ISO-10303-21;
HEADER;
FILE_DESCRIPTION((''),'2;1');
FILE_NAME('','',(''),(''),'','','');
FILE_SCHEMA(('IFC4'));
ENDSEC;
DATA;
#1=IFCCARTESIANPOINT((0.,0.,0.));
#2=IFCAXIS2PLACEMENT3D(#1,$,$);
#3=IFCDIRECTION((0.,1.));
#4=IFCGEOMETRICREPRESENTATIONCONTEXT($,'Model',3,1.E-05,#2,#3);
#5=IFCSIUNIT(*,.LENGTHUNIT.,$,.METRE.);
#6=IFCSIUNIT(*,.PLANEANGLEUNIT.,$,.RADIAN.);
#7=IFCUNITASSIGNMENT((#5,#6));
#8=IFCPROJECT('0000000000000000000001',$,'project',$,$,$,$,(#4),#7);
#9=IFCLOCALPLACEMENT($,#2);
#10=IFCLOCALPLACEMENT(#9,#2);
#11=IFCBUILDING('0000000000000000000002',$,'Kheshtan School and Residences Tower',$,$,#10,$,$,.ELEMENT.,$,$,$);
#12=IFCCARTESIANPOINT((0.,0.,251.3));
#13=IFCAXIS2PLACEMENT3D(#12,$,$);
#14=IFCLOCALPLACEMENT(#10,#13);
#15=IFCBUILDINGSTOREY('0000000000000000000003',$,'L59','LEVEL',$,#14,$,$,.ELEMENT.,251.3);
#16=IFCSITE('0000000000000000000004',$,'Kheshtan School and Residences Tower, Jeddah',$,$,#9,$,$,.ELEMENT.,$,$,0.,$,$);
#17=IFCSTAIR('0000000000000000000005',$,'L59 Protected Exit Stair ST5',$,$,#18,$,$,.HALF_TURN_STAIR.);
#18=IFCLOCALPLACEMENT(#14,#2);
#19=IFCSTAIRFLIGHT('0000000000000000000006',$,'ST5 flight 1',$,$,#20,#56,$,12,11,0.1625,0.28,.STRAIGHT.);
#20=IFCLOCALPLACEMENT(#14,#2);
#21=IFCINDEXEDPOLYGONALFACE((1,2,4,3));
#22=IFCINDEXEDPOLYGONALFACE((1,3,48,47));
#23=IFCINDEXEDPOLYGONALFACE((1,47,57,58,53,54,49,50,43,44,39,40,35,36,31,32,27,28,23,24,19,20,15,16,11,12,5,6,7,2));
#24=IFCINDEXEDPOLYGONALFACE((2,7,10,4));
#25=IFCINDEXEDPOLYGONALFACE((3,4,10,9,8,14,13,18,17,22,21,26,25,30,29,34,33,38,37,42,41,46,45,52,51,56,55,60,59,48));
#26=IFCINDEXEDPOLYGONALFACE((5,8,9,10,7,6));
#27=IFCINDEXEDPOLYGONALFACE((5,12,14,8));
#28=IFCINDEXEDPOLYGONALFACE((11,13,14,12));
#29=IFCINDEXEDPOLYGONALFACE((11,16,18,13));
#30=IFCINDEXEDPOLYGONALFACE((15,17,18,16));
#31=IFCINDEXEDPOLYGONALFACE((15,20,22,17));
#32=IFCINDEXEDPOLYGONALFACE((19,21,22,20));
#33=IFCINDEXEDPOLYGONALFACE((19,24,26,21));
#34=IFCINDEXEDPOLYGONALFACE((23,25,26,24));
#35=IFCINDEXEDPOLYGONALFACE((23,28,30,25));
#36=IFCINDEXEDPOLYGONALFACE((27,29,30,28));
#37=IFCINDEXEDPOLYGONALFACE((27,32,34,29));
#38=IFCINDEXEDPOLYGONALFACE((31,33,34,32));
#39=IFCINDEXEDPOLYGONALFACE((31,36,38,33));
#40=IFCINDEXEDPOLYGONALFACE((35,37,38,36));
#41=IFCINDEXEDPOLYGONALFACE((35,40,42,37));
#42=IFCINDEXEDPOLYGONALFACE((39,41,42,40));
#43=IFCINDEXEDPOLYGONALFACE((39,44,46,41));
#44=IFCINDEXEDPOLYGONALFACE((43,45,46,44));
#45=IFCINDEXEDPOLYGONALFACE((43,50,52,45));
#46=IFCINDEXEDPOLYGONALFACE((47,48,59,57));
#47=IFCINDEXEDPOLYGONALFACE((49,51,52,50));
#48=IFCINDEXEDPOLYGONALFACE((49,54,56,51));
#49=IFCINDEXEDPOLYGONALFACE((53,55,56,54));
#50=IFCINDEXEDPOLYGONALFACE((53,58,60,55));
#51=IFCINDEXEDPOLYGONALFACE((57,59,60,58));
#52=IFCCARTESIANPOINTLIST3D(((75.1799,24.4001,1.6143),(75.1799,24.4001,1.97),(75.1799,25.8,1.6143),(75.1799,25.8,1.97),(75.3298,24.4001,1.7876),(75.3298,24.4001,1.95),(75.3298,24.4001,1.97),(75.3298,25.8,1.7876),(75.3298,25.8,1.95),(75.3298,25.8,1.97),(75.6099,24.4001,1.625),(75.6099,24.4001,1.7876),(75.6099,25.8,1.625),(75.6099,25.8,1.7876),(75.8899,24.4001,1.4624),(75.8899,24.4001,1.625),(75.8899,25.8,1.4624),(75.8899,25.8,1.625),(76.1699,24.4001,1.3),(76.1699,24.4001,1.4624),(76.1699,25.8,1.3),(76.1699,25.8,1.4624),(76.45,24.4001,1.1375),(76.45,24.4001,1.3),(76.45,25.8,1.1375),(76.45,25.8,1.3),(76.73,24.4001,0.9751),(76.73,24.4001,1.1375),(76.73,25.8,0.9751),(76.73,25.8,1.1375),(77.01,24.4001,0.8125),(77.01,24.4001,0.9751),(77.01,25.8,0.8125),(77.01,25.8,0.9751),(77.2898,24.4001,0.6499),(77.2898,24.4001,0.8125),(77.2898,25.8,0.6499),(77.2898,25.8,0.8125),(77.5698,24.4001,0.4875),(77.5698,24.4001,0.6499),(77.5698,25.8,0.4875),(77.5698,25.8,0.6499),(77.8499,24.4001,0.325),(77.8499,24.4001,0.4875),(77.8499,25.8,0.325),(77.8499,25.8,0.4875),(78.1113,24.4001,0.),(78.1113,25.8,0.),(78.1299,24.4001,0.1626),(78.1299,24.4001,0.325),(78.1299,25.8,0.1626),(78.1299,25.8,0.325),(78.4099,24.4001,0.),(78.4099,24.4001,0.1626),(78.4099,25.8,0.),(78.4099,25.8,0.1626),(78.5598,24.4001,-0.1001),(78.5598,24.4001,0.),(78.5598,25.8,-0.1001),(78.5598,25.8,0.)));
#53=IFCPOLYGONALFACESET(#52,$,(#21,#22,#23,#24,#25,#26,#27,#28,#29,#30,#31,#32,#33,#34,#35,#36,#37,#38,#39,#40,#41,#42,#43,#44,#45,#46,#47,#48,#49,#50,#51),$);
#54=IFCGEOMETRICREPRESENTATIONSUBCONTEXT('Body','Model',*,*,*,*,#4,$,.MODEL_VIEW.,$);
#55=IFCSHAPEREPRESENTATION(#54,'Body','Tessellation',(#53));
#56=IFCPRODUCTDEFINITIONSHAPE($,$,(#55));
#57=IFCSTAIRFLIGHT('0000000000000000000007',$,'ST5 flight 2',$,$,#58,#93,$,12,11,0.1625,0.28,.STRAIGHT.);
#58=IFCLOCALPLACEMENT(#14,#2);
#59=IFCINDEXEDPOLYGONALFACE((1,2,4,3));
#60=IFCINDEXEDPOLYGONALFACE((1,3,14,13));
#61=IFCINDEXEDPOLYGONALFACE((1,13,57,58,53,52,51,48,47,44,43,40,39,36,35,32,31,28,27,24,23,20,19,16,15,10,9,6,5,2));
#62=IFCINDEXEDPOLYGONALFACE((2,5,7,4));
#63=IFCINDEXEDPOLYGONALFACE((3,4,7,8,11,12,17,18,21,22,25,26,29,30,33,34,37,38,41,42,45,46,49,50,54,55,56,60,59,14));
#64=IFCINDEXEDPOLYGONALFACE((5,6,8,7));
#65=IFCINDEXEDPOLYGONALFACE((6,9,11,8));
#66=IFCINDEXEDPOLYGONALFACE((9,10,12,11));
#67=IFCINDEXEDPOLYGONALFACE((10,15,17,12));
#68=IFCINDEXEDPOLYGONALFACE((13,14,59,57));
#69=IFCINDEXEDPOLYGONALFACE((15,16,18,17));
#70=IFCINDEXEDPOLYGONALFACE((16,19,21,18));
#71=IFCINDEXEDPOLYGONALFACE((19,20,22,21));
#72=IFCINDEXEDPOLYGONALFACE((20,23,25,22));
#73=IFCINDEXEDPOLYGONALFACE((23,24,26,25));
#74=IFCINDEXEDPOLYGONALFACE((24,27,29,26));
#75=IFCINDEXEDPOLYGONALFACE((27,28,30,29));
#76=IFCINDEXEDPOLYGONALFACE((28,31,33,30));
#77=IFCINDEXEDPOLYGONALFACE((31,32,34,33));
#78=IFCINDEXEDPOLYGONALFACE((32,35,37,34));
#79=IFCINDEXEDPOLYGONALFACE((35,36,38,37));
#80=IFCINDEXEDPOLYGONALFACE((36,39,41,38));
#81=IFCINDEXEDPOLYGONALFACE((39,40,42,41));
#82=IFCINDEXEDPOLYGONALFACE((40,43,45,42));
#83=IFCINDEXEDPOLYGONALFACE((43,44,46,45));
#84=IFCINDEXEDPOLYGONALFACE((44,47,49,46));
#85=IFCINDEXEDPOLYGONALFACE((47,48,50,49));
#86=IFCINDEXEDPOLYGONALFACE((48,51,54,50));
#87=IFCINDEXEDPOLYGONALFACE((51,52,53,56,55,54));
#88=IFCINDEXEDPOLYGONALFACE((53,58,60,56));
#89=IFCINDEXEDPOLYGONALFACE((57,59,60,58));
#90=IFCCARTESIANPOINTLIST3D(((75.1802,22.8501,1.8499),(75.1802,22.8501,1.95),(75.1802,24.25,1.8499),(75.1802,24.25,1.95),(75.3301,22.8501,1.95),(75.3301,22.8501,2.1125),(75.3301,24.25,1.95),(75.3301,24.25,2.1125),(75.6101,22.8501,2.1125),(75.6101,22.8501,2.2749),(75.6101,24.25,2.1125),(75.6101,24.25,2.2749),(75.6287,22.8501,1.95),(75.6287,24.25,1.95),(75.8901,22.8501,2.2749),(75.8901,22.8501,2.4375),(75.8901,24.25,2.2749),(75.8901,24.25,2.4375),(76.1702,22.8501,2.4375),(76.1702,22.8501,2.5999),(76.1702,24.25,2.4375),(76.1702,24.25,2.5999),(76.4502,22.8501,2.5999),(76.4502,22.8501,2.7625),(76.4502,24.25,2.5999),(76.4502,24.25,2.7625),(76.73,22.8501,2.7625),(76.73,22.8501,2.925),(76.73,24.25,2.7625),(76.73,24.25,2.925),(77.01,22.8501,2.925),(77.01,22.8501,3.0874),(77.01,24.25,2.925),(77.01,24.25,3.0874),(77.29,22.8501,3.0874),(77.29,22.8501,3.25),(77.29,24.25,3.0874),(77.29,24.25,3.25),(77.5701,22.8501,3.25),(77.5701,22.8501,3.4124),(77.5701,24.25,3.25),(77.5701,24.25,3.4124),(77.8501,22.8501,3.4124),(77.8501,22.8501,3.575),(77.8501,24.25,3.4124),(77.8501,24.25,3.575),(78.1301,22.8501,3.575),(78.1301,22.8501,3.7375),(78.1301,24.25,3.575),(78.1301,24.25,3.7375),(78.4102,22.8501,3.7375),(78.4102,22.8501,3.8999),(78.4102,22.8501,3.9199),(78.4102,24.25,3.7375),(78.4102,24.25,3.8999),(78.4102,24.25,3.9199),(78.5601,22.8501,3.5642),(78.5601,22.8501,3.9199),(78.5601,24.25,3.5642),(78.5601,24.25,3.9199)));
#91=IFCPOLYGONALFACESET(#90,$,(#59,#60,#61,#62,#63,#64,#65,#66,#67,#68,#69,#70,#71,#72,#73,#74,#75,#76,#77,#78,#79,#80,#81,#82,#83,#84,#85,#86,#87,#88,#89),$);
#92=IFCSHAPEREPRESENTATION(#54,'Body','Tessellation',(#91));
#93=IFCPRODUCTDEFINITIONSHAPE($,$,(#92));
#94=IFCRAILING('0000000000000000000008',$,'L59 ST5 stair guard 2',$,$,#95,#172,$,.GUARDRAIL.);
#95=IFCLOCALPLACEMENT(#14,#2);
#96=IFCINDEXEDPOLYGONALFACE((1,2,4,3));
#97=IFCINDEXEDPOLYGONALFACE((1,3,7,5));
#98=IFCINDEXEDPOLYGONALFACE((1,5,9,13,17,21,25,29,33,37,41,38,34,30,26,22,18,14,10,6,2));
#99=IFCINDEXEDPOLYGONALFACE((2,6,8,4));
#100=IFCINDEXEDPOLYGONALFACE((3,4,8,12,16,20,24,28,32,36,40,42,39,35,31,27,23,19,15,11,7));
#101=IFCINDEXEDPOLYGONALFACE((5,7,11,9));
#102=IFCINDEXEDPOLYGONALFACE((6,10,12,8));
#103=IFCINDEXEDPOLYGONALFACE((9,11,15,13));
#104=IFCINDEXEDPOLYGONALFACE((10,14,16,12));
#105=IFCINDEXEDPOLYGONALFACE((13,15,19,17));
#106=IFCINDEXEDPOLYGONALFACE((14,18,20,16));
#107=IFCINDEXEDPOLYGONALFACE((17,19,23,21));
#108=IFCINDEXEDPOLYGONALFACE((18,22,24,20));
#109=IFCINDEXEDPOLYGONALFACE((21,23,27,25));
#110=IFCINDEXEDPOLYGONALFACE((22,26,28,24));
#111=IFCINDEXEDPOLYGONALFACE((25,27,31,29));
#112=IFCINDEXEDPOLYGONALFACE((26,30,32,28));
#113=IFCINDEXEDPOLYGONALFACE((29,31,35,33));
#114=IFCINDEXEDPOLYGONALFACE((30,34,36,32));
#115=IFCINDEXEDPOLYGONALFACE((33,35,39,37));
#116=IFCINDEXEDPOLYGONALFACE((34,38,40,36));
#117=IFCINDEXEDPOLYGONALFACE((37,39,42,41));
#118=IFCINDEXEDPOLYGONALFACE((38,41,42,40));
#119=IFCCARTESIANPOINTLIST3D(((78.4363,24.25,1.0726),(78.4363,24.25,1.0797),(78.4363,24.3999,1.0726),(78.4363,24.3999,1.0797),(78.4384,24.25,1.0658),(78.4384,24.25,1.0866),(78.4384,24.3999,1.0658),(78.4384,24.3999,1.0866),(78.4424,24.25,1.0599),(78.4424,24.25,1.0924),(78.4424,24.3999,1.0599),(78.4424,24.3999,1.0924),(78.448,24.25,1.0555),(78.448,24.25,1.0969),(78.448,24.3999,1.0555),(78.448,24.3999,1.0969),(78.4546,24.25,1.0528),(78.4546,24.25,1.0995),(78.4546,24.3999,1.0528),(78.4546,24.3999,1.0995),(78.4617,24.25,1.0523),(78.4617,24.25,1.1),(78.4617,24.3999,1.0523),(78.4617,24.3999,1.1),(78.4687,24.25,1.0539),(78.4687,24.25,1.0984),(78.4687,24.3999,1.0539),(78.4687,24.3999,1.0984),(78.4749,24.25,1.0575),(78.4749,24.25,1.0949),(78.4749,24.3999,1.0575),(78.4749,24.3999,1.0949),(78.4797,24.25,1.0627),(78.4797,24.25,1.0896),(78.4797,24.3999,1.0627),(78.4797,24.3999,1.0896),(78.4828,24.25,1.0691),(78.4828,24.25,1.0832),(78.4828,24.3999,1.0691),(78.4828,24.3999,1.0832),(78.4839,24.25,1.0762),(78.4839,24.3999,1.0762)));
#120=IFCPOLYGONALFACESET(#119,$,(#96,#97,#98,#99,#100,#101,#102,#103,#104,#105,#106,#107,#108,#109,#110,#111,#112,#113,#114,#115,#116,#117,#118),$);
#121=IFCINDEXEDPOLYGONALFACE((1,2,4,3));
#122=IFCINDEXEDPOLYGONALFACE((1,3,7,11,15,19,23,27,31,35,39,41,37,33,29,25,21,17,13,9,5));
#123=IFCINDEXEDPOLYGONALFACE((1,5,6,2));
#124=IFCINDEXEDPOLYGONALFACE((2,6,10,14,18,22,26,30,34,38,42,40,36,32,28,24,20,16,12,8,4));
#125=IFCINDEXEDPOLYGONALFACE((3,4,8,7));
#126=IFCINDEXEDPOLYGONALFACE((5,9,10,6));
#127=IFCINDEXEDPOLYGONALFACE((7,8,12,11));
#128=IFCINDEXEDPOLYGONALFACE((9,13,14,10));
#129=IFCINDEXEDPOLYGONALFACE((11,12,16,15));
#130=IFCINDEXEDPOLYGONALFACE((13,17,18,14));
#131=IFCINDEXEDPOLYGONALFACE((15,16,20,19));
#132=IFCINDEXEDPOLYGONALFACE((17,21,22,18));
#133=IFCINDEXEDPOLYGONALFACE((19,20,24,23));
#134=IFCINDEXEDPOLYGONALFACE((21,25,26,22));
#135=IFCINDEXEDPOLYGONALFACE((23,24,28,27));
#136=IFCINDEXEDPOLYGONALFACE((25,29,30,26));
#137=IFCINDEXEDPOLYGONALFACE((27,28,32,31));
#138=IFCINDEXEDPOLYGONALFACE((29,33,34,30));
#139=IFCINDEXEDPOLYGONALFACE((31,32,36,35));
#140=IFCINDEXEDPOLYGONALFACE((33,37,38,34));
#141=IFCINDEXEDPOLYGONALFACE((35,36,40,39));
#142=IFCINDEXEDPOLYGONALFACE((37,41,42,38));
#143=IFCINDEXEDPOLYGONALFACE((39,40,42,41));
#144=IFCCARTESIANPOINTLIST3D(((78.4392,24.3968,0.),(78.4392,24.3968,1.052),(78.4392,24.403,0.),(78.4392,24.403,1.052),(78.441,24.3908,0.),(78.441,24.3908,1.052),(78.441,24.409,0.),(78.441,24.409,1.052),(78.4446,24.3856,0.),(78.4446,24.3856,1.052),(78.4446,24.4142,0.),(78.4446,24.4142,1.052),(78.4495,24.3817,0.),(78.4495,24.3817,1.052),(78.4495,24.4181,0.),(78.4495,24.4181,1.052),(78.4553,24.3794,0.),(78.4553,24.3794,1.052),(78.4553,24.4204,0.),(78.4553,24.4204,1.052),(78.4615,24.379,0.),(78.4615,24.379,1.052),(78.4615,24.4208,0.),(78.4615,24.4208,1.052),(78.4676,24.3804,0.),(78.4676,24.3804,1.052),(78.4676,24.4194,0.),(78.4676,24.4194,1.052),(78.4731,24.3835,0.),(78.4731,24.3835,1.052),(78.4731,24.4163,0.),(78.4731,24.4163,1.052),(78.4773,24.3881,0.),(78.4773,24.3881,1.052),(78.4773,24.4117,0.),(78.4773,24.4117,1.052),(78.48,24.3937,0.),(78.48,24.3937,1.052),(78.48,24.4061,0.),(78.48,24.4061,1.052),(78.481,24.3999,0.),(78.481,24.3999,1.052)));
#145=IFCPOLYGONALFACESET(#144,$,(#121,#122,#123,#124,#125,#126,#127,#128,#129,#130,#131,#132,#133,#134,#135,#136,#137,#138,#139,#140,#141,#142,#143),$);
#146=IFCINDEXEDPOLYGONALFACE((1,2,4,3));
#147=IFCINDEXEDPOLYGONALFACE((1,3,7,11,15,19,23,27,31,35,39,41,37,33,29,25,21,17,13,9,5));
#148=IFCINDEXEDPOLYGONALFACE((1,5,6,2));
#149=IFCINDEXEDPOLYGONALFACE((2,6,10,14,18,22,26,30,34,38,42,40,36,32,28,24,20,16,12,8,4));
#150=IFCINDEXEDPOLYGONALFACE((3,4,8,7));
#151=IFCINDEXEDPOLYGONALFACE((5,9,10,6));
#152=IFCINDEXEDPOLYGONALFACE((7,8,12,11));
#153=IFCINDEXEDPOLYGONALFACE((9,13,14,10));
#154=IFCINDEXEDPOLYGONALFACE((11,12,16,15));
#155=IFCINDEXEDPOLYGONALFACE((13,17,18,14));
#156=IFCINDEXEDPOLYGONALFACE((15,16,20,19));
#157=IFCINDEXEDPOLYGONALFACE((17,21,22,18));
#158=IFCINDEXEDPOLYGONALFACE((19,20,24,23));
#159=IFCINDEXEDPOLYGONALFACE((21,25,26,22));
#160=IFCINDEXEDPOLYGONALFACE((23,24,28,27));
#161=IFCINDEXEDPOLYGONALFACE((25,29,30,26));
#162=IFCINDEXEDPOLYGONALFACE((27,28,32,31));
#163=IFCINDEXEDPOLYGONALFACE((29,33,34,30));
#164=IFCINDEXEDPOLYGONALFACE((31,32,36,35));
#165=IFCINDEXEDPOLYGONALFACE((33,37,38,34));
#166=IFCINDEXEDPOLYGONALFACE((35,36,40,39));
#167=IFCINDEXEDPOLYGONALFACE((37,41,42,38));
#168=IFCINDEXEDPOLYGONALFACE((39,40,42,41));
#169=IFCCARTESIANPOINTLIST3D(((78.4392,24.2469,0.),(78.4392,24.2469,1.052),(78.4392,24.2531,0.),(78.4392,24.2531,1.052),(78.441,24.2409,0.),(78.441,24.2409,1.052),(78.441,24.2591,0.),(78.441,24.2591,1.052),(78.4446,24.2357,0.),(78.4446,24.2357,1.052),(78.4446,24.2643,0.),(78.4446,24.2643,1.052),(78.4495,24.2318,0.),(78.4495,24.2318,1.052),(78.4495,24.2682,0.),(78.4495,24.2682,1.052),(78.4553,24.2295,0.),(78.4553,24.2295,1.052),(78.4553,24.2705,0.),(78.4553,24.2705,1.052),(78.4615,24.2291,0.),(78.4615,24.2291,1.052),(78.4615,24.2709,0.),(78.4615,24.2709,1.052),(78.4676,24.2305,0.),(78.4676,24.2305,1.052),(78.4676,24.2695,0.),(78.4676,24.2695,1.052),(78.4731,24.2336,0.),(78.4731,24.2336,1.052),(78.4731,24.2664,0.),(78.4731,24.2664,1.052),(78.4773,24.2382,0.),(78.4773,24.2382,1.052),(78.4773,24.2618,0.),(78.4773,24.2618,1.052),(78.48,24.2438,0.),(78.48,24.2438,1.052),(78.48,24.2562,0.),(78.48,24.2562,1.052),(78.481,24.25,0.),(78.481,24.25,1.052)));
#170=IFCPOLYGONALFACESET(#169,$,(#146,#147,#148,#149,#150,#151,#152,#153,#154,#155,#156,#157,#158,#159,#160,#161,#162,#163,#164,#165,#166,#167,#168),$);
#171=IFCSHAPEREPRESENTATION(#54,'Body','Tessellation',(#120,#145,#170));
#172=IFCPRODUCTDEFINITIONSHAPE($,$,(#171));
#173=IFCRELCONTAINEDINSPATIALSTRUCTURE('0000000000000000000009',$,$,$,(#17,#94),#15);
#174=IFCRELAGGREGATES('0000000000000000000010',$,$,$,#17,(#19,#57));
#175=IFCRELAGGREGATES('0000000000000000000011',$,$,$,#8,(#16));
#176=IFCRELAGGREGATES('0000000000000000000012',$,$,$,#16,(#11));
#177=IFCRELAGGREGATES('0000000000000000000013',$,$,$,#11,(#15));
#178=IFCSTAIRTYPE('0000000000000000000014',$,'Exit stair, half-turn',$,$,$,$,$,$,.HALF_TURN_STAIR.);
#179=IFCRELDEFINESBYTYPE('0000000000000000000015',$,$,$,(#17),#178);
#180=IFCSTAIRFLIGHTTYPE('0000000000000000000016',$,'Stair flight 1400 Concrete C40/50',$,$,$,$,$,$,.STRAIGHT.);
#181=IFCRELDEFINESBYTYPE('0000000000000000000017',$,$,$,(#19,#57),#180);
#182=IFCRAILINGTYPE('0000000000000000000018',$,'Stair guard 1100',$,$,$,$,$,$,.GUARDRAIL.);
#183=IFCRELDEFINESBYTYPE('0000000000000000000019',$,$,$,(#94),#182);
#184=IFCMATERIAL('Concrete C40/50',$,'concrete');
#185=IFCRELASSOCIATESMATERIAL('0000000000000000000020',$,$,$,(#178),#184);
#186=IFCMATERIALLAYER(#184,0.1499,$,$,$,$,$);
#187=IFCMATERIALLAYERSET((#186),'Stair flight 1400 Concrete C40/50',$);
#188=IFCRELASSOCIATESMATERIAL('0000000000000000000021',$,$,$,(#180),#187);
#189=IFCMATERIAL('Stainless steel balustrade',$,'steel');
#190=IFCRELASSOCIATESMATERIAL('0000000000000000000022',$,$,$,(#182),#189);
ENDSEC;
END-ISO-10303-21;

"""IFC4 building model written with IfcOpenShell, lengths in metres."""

from ifc_helpers import new_model, si_unit, direction, frame, origin, origin_2d, place, context, subcontext, project, spatial, polyline, circle, outline, extrude, material, layer, layer_set, type_object, element, aggregate, save


model = new_model("IFC4")

# Units and contexts
model_context = context("Model", 3, precision=1e-05, world=origin(), true_north=direction((0.0, 1.0)))
body_context = subcontext(model_context, "Body", "Model", "MODEL_VIEW")
ifc_project = project(units=[si_unit("LENGTHUNIT", "METRE"), si_unit("PLANEANGLEUNIT", "RADIAN")], contexts=[model_context])

# Site, building, storey
site_placement = place(None, origin())
site = spatial("IfcSite", under=ifc_project, at=site_placement, Name="Kheshtan School and Residences Tower, Jeddah", CompositionType="ELEMENT", RefElevation=0.0)
building_placement = place(site_placement, origin())
building = spatial("IfcBuilding", under=site, at=building_placement, Name="Kheshtan School and Residences Tower", CompositionType="ELEMENT")
storey_placement = place(building_placement, frame((0.0, 0.0, 251.3)))
storey = spatial("IfcBuildingStorey", under=building, at=storey_placement, Name="L59", Description="LEVEL", CompositionType="ELEMENT", Elevation=251.3)

# Shared definitions
ifc_material_1 = material(Name="Concrete C40/50", Category="concrete")

# Stair, stair flights
stair_type = type_object("IfcStairType", Name="Exit stair, half-turn", PredefinedType="HALF_TURN_STAIR", material=ifc_material_1)
stair_placement = place(storey_placement, origin())
stair = element("IfcStair", 1, at=stair_placement, inside=storey, type_object=stair_type, Name="L59 Protected Exit Stair ST5", PredefinedType="HALF_TURN_STAIR")
ifc_layer_1 = layer(ifc_material_1, 0.1499)
ifc_layer_set_1 = layer_set([ifc_layer_1], Name="Stair flight 1400 Concrete C40/50")
stair_flight_type = type_object("IfcStairFlightType", Name="Stair flight 1400 Concrete C40/50", PredefinedType="STRAIGHT", material=ifc_layer_set_1)
stair_flight_1_placement = place(storey_placement, frame((78.4099, 25.1001, 0.0), z_axis=(0.0, 0.0, 1.0), x_axis=(-1.0, 0.0, 0.0)))
stair_flight_1 = element("IfcStairFlight", 2, at=stair_flight_1_placement, type_object=stair_flight_type, Name="ST5 flight 1", NumberOfRisers=12, NumberOfTreads=11, PredefinedType="STRAIGHT", RiserHeight=0.1625, TreadLength=0.28, context=body_context, shape_type="SweptSolid", body=[
    extrude(outline(polyline([(-0.1499, -0.1001), (-0.1499, 0.0), (0.0, 0.0), (0.0, 0.1626), (0.28, 0.1626), (0.28, 0.325), (0.5601, 0.325), (0.5601, 0.4875), (0.8401, 0.4875), (0.8401, 0.6499), (1.1201, 0.6499), (1.1201, 0.8125), (1.3999, 0.8125), (1.3999, 0.9751), (1.6799, 0.9751), (1.6799, 1.1375), (1.96, 1.1375), (1.96, 1.3), (2.24, 1.3), (2.24, 1.4624), (2.52, 1.4624), (2.52, 1.625), (2.8, 1.625), (2.8, 1.7876), (3.0801, 1.7876), (3.0801, 1.95), (3.0801, 1.97), (3.23, 1.97), (3.23, 1.6143), (0.2986, 0.0), (-0.1499, -0.1001)])), frame((0.0, 0.7, 0.0), z_axis=(0.0, -1.0, 0.0), x_axis=(1.0, 0.0, 0.0)), (0.0, 0.0, 1.0), 1.3999),
])
stair_flight_2_placement = place(storey_placement, frame((75.3301, 23.55, 1.95), z_axis=(0.0, 0.0, 1.0), x_axis=(1.0, 0.0, 0.0)))
stair_flight_2 = element("IfcStairFlight", 3, at=stair_flight_2_placement, type_object=stair_flight_type, Name="ST5 flight 2", NumberOfRisers=12, NumberOfTreads=11, PredefinedType="STRAIGHT", RiserHeight=0.1625, TreadLength=0.28, context=body_context, shape_type="SweptSolid", body=[
    extrude(outline(polyline([(-0.1499, -0.1001), (-0.1499, 0.0), (0.0, 0.0), (0.0, 0.1626), (0.28, 0.1626), (0.28, 0.325), (0.5601, 0.325), (0.5601, 0.4875), (0.8401, 0.4875), (0.8401, 0.6499), (1.1201, 0.6499), (1.1201, 0.8125), (1.3999, 0.8125), (1.3999, 0.9751), (1.6799, 0.9751), (1.6799, 1.1375), (1.96, 1.1375), (1.96, 1.3), (2.24, 1.3), (2.24, 1.4624), (2.52, 1.4624), (2.52, 1.625), (2.8, 1.625), (2.8, 1.7876), (3.0801, 1.7876), (3.0801, 1.95), (3.0801, 1.97), (3.23, 1.97), (3.23, 1.6143), (0.2986, 0.0), (-0.1499, -0.1001)])), frame((0.0, 0.7, 0.0), z_axis=(0.0, -1.0, 0.0), x_axis=(1.0, 0.0, 0.0)), (0.0, 0.0, 1.0), 1.3999),
])
aggregate(stair, [stair_flight_1, stair_flight_2])

# Railing
ifc_material_2 = material(Name="Stainless steel balustrade", Category="steel")
railing_type_1 = type_object("IfcRailingType", Name="Stair guard 1100", PredefinedType="GUARDRAIL", material=ifc_material_2)
railing_1_placement = place(storey_placement, frame((78.46, 24.3999, 0.0)))
element("IfcRailing", 4, at=railing_1_placement, inside=storey, type_object=railing_type_1, Name="L59 ST5 stair guard 2", PredefinedType="GUARDRAIL", context=body_context, shape_type="SweptSolid", body=[
    extrude(circle(Radius=0.0239, at=origin_2d()), frame((0.0, 0.0, 1.0762), z_axis=(0.0, -1.0, 0.0), x_axis=(1.0, 0.0, 0.0)), (0.0, 0.0, 1.0), 0.1499),
    extrude(circle(Radius=0.021, at=origin_2d()), origin(), (0.0, 0.0, 1.0), 1.052),
    extrude(circle(Radius=0.021, at=origin_2d()), frame((0.0, -0.1499, 0.0)), (0.0, 0.0, 1.0), 1.052),
])

save(model, "model.ifc")
